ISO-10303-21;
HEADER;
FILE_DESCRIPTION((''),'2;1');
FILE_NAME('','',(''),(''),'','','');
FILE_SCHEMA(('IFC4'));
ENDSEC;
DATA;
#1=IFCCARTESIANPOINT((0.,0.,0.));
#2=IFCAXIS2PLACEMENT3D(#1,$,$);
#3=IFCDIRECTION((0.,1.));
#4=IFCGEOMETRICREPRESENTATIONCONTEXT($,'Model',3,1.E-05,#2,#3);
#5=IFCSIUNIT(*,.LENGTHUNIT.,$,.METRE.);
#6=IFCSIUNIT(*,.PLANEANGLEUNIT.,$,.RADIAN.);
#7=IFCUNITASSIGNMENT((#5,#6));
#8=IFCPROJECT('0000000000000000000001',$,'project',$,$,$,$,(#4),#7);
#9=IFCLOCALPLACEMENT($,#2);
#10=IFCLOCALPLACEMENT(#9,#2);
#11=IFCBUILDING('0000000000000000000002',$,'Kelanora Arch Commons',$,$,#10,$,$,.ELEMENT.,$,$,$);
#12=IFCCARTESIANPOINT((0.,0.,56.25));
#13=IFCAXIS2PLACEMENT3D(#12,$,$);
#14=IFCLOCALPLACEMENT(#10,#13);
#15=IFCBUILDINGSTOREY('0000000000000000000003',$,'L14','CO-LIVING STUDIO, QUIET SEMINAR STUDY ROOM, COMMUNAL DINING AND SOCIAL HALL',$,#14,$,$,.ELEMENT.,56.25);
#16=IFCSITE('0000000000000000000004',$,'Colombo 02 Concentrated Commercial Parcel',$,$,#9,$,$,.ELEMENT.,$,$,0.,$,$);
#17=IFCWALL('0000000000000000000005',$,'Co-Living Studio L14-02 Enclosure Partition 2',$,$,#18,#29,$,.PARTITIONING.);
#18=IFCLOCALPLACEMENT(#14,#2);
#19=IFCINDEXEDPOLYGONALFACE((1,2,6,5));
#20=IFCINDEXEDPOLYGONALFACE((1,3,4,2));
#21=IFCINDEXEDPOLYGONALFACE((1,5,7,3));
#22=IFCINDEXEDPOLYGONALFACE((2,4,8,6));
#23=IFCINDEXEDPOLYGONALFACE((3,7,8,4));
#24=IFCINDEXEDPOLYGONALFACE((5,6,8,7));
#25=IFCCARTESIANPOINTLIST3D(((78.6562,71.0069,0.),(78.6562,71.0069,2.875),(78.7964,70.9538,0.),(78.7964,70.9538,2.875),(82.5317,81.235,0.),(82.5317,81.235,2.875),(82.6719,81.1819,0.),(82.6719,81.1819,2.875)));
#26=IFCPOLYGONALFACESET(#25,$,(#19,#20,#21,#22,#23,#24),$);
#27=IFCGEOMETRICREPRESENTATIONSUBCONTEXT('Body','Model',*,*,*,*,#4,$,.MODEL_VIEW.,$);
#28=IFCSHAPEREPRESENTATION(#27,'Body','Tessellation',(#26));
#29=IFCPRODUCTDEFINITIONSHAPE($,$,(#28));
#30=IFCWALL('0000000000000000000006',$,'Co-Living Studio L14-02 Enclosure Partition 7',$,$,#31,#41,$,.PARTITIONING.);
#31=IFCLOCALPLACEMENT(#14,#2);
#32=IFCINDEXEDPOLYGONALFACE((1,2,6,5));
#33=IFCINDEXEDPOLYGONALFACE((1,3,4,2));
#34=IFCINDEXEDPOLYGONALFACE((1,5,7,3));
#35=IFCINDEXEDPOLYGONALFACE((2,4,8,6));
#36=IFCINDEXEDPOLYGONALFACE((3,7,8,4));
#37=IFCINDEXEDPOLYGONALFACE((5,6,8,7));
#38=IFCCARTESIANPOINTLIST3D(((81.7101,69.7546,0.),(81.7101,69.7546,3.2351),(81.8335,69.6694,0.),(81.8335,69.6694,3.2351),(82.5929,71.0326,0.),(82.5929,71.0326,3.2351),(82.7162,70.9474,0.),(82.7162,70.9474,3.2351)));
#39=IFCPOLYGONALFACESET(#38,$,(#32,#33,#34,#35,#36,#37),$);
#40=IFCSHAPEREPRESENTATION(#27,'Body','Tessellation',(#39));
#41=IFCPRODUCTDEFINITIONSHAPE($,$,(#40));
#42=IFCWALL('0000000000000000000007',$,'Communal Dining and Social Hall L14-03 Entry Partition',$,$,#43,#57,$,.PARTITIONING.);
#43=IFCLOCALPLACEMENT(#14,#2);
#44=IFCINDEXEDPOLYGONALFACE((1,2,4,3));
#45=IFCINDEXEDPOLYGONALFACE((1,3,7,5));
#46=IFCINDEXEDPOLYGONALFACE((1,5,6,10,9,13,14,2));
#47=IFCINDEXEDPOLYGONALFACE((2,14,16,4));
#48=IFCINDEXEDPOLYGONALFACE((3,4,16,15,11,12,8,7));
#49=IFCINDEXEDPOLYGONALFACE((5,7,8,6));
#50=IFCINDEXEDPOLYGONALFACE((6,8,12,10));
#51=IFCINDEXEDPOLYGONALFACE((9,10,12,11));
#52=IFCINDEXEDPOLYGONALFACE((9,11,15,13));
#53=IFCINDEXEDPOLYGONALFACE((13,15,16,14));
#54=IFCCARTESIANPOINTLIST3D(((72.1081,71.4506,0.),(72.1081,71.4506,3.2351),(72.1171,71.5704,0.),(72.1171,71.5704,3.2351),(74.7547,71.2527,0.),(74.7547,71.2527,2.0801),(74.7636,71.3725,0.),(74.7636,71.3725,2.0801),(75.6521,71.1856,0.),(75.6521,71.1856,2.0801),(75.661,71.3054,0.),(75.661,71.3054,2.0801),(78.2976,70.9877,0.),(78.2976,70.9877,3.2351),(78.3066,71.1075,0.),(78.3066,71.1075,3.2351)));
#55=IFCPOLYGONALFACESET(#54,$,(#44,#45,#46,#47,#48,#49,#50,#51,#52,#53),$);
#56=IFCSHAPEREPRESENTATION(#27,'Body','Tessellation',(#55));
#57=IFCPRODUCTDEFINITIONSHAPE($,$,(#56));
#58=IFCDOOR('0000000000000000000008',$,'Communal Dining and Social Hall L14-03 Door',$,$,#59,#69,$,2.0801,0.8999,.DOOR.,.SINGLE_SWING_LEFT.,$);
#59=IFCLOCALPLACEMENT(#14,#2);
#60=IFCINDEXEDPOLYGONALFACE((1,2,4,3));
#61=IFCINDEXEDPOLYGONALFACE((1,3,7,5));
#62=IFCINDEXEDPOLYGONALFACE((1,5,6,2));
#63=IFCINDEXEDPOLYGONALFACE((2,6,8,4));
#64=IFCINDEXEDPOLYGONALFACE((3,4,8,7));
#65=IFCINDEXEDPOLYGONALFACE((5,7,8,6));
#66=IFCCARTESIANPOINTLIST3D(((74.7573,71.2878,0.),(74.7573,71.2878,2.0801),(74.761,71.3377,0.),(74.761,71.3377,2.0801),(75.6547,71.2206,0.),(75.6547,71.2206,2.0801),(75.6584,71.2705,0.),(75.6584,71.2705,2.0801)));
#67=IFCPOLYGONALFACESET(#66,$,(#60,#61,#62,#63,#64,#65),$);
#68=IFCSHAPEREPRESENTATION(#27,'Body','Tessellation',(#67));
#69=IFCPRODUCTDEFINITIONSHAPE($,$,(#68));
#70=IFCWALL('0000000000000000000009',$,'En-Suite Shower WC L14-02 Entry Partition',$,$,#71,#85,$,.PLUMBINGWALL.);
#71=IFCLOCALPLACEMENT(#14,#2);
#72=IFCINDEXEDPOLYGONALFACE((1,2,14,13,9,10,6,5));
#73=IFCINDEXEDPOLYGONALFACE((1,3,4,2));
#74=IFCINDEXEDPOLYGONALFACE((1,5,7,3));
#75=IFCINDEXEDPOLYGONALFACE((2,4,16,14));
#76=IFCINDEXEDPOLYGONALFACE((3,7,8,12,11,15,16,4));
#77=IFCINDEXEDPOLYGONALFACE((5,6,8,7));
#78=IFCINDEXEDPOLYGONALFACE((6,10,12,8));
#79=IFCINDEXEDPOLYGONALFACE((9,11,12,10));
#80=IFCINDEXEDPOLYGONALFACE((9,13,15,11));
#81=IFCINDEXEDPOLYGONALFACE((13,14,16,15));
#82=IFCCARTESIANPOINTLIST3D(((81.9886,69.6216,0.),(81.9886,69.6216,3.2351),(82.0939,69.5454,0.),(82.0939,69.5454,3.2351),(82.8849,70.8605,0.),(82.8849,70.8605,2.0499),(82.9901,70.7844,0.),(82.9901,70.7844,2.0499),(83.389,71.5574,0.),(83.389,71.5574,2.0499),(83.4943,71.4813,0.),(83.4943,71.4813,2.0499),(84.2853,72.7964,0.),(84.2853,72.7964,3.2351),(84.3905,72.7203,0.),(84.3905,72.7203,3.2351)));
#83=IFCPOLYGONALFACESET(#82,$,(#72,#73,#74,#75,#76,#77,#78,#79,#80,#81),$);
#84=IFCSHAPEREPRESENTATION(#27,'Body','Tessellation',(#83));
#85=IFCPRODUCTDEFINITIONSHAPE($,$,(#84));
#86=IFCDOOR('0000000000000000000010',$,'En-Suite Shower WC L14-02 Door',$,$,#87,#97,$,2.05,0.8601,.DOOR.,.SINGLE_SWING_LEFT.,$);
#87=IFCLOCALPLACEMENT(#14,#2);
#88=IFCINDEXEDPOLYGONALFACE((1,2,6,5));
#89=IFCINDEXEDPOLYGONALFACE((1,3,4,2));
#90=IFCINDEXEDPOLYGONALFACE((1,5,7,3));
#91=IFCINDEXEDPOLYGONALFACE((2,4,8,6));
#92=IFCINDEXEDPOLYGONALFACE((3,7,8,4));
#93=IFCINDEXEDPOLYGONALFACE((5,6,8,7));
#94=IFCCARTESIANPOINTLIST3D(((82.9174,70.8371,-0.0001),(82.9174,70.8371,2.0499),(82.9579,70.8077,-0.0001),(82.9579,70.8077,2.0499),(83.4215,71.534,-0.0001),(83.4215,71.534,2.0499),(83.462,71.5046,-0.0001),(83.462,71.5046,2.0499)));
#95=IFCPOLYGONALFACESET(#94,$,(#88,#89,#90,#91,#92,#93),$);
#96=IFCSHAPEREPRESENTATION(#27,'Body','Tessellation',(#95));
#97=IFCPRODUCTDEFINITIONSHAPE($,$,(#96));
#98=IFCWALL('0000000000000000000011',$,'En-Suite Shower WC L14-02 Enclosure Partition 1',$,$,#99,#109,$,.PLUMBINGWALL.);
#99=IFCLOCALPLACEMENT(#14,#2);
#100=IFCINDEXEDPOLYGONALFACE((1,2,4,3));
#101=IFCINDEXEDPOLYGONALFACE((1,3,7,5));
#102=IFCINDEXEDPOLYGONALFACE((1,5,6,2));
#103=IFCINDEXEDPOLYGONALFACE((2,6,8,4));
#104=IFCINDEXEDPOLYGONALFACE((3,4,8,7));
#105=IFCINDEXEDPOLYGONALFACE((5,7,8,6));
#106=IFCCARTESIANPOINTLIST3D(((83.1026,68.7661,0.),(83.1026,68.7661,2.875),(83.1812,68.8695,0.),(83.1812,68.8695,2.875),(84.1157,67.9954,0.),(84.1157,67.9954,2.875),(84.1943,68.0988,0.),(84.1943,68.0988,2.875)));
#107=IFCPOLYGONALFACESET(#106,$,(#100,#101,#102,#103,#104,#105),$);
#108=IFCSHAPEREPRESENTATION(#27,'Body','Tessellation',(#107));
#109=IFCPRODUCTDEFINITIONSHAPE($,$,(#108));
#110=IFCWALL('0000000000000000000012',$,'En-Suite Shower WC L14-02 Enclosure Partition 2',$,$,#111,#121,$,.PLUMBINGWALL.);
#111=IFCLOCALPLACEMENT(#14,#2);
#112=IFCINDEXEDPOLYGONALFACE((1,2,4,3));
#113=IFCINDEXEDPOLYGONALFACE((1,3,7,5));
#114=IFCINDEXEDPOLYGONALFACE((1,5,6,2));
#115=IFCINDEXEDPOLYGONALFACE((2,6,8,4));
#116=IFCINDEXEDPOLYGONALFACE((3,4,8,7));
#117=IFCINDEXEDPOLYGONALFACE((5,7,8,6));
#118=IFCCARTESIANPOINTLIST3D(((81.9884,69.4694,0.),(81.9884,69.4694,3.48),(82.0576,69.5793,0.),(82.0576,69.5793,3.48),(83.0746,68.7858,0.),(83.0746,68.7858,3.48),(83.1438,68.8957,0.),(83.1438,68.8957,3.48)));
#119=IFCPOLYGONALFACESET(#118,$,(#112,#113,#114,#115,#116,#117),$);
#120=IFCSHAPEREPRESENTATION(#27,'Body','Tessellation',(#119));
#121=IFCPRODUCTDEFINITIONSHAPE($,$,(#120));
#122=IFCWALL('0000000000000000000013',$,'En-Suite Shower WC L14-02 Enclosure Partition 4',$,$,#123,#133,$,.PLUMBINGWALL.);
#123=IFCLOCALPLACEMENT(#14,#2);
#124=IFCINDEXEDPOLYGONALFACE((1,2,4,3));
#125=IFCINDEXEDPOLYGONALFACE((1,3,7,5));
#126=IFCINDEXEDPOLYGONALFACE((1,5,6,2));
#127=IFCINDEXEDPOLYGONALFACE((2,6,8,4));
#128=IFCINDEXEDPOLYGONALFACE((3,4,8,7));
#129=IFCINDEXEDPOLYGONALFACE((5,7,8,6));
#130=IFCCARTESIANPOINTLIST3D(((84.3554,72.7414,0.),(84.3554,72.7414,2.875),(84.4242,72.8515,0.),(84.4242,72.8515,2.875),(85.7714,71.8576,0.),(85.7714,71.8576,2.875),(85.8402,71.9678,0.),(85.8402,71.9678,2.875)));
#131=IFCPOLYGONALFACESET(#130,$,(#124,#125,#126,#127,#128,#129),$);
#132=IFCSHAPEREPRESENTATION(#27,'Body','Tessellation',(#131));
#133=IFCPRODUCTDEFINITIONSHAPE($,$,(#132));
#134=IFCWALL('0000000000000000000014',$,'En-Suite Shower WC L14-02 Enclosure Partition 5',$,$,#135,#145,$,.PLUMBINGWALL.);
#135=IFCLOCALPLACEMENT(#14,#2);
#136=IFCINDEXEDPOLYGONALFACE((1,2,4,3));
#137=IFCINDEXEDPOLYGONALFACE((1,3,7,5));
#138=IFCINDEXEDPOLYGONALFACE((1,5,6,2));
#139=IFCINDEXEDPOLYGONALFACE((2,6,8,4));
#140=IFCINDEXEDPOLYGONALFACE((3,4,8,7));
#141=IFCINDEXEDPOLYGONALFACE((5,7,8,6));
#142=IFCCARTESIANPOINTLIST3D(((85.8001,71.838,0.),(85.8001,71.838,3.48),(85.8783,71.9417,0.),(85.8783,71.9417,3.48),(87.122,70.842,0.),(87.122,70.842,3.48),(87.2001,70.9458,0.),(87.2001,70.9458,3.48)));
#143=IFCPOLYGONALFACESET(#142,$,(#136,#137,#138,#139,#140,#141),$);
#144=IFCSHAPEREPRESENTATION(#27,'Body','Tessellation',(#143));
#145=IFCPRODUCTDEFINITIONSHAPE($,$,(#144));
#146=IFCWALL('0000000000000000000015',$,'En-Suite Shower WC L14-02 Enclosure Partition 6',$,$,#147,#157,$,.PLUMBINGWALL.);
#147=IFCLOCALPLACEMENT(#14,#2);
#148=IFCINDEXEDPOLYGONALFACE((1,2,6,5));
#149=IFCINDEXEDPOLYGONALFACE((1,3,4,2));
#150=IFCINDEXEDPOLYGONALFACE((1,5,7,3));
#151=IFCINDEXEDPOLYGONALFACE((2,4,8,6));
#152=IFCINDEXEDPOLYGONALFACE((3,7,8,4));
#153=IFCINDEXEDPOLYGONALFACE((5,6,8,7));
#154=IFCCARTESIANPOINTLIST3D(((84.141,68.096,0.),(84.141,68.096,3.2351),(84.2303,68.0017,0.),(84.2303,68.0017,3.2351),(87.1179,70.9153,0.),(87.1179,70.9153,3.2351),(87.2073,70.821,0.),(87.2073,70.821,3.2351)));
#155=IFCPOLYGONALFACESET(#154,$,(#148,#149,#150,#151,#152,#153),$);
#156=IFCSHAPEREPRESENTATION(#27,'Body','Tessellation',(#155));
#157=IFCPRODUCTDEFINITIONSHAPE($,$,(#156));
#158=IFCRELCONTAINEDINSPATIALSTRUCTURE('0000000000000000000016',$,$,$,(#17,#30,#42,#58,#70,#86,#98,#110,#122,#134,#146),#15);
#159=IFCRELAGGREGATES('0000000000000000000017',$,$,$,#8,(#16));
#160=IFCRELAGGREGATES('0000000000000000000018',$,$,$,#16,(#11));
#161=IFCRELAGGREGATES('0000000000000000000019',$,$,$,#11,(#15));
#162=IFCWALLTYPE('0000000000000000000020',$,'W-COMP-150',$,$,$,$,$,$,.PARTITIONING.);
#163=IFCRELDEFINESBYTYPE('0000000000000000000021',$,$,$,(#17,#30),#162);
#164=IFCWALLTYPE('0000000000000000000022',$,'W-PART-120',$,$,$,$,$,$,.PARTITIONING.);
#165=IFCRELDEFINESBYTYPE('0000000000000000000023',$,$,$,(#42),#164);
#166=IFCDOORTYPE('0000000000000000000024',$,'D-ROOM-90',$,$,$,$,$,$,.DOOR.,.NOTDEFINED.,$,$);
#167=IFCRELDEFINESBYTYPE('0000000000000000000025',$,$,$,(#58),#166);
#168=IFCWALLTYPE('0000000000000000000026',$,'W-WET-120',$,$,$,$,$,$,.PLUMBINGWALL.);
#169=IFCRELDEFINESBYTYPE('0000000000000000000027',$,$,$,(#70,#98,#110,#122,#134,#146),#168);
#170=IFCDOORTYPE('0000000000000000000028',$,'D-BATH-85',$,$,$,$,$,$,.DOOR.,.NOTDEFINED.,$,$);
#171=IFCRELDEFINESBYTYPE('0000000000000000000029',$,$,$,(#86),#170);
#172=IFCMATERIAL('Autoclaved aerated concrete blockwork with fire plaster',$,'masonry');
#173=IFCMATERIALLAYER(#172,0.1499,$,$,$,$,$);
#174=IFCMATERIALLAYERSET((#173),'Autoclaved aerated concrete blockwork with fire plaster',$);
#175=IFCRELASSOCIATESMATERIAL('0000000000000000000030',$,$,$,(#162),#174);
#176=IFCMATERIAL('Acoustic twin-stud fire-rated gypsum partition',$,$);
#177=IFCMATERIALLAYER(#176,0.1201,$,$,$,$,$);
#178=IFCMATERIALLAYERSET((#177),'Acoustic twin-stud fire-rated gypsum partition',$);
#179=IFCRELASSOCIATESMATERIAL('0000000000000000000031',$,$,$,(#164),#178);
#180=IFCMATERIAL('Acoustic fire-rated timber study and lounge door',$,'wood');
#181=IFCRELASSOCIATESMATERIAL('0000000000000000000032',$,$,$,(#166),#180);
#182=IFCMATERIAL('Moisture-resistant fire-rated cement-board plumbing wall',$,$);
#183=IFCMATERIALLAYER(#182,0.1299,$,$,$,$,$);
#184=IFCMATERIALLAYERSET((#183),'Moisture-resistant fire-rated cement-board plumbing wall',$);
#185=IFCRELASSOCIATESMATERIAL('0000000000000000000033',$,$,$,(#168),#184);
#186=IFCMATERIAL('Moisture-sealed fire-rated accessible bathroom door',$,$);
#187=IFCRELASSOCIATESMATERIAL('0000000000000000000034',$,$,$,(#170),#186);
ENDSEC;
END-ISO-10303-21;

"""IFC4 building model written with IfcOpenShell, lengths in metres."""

from ifc_helpers import new_model, si_unit, direction, frame, frame_2d, origin, place, context, subcontext, project, spatial, rectangle, extrude, material, layer, layer_set, type_object, element, fill, save


model = new_model("IFC4")

# Units and contexts
model_context = context("Model", 3, precision=1e-05, world=origin(), true_north=direction((0.0, 1.0)))
body_context = subcontext(model_context, "Body", "Model", "MODEL_VIEW")
ifc_project = project(units=[si_unit("LENGTHUNIT", "METRE"), si_unit("PLANEANGLEUNIT", "RADIAN")], contexts=[model_context])

# Site, building, storey
site_placement = place(None, origin())
site = spatial("IfcSite", under=ifc_project, at=site_placement, Name="Colombo 02 Concentrated Commercial Parcel", CompositionType="ELEMENT", RefElevation=0.0)
building_placement = place(site_placement, origin())
building = spatial("IfcBuilding", under=site, at=building_placement, Name="Kelanora Arch Commons", CompositionType="ELEMENT")
storey_placement = place(building_placement, frame((0.0, 0.0, 56.25)))
storey = spatial("IfcBuildingStorey", under=building, at=storey_placement, Name="L14", Description="CO-LIVING STUDIO, QUIET SEMINAR STUDY ROOM, COMMUNAL DINING AND SOCIAL HALL", CompositionType="ELEMENT", Elevation=56.25)

# Shared definitions
ifc_material_1 = material(Name="Autoclaved aerated concrete blockwork with fire plaster", Category="masonry")
ifc_layer_1 = layer(ifc_material_1, 0.1499)
ifc_layer_set_1 = layer_set([ifc_layer_1], Name="Autoclaved aerated concrete blockwork with fire plaster")
wall_type_1 = type_object("IfcWallType", Name="W-COMP-150", PredefinedType="PARTITIONING", material=ifc_layer_set_1)

# Walls
wall_1_placement = place(storey_placement, frame((78.7263, 70.9805, 0.0), z_axis=(0.0, 0.0, 1.0), x_axis=(0.354326, 0.935122, 0.0)))
element("IfcWall", 1, at=wall_1_placement, inside=storey, type_object=wall_type_1, Name="Co-Living Studio L14-02 Enclosure Partition 2", PredefinedType="PARTITIONING", context=body_context, shape_type="SweptSolid", body=[
    extrude(rectangle(XDim=10.9377, YDim=0.1499, at=frame_2d((5.4688, 0.0))), origin(), (0.0, 0.0, 1.0), 2.875),
])
wall_2_placement = place(storey_placement, frame((82.6545, 70.99, 0.0), z_axis=(0.0, 0.0, 1.0), x_axis=(-0.568335, -0.822797, 0.0)))
element("IfcWall", 2, at=wall_2_placement, inside=storey, type_object=wall_type_1, Name="Co-Living Studio L14-02 Enclosure Partition 7", PredefinedType="PARTITIONING", context=body_context, shape_type="SweptSolid", body=[
    extrude(rectangle(XDim=1.5532, YDim=0.1499, at=frame_2d((0.7766, 0.0))), origin(), (0.0, 0.0, 1.0), 3.2351),
])

# Walls, openings, doors
ifc_material_2 = material(Name="Acoustic twin-stud fire-rated gypsum partition")
ifc_layer_2 = layer(ifc_material_2, 0.1201)
ifc_layer_set_2 = layer_set([ifc_layer_2], Name="Acoustic twin-stud fire-rated gypsum partition")
wall_type_2 = type_object("IfcWallType", Name="W-PART-120", PredefinedType="PARTITIONING", material=ifc_layer_set_2)
wall_3_placement = place(storey_placement, frame((78.3022, 71.0476, 0.0), z_axis=(0.0, 0.0, 1.0), x_axis=(-0.997215, 0.074579, 0.0)))
wall_3 = element("IfcWall", 3, at=wall_3_placement, inside=storey, type_object=wall_type_2, Name="Communal Dining and Social Hall L14-03 Entry Partition", PredefinedType="PARTITIONING", context=body_context, shape_type="SweptSolid", body=[
    extrude(rectangle(XDim=6.2068, YDim=0.1201, at=frame_2d((3.1035, 0.0))), origin(), (0.0, 0.0, 1.0), 3.2351),
])
opening_1_placement = place(wall_3_placement, frame((2.6531, 0.0, 0.0)))
opening_1 = element("IfcOpeningElement", 4, at=opening_1_placement, cuts=wall_3, PredefinedType="OPENING", context=body_context, shape_type="SweptSolid", body=[
    extrude(rectangle(XDim=0.8999, YDim=2.0801, at=frame_2d((0.45, 1.04))), frame((0.0, 0.0701, 0.0), z_axis=(0.0, -1.0, 0.0), x_axis=(1.0, 0.0, 0.0)), (0.0, 0.0, 1.0), 0.1401),
])
ifc_material_3 = material(Name="Acoustic fire-rated timber study and lounge door", Category="wood")
door_type_1 = type_object("IfcDoorType", Name="D-ROOM-90", OperationType="NOTDEFINED", PredefinedType="DOOR", material=ifc_material_3)
door_1_placement = place(opening_1_placement, origin())
door_1 = element("IfcDoor", 5, at=door_1_placement, inside=storey, type_object=door_type_1, Name="Communal Dining and Social Hall L14-03 Door", OperationType="SINGLE_SWING_LEFT", OverallHeight=2.0801, OverallWidth=0.8999, PredefinedType="DOOR", context=body_context, shape_type="SweptSolid", body=[
    extrude(rectangle(XDim=0.8999, YDim=2.0801, at=frame_2d((0.45, 1.04))), frame((0.0, 0.0249, 0.0), z_axis=(0.0, -1.0, 0.0), x_axis=(1.0, 0.0, 0.0)), (0.0, 0.0, 1.0), 0.05),
])
fill(opening_1, door_1)
ifc_material_4 = material(Name="Moisture-resistant fire-rated cement-board plumbing wall")
ifc_layer_3 = layer(ifc_material_4, 0.1299)
ifc_layer_set_3 = layer_set([ifc_layer_3], Name="Moisture-resistant fire-rated cement-board plumbing wall")
wall_type_3 = type_object("IfcWallType", Name="W-WET-120", PredefinedType="PLUMBINGWALL", material=ifc_layer_set_3)
wall_4_placement = place(storey_placement, frame((82.0413, 69.5835, 0.0), z_axis=(0.0, 0.0, 1.0), x_axis=(0.586114, 0.810229, 0.0)))
wall_4 = element("IfcWall", 6, at=wall_4_placement, inside=storey, type_object=wall_type_3, Name="En-Suite Shower WC L14-02 Entry Partition", PredefinedType="PLUMBINGWALL", context=body_context, shape_type="SweptSolid", body=[
    extrude(rectangle(XDim=3.9185, YDim=0.1299, at=frame_2d((1.9592, 0.0))), origin(), (0.0, 0.0, 1.0), 3.2351),
])
opening_2_placement = place(wall_4_placement, frame((1.5291, 0.0, 0.0)))
opening_2 = element("IfcOpeningElement", 7, at=opening_2_placement, cuts=wall_4, PredefinedType="OPENING", context=body_context, shape_type="SweptSolid", body=[
    extrude(rectangle(XDim=0.8601, YDim=2.05, at=frame_2d((0.4302, 1.0249))), frame((0.0, 0.075, 0.0), z_axis=(0.0, -1.0, 0.0), x_axis=(1.0, 0.0, 0.0)), (0.0, 0.0, 1.0), 0.1499),
])
ifc_material_5 = material(Name="Moisture-sealed fire-rated accessible bathroom door")
door_type_2 = type_object("IfcDoorType", Name="D-BATH-85", OperationType="NOTDEFINED", PredefinedType="DOOR", material=ifc_material_5)
door_2_placement = place(opening_2_placement, origin())
door_2 = element("IfcDoor", 8, at=door_2_placement, inside=storey, type_object=door_type_2, Name="En-Suite Shower WC L14-02 Door", OperationType="SINGLE_SWING_LEFT", OverallHeight=2.05, OverallWidth=0.8601, PredefinedType="DOOR", context=body_context, shape_type="SweptSolid", body=[
    extrude(rectangle(XDim=0.8601, YDim=2.05, at=frame_2d((0.4302, 1.0249))), frame((0.0, 0.0249, 0.0), z_axis=(0.0, -1.0, 0.0), x_axis=(1.0, 0.0, 0.0)), (0.0, 0.0, 1.0), 0.05),
])
fill(opening_2, door_2)

# Walls
wall_5_placement = place(storey_placement, frame((84.155, 68.0471, 0.0), z_axis=(0.0, 0.0, 1.0), x_axis=(-0.795885, 0.605448, 0.0)))
element("IfcWall", 9, at=wall_5_placement, inside=storey, type_object=wall_type_3, Name="En-Suite Shower WC L14-02 Enclosure Partition 1", PredefinedType="PLUMBINGWALL", context=body_context, shape_type="SweptSolid", body=[
    extrude(rectangle(XDim=1.2729, YDim=0.1299, at=frame_2d((0.6365, 0.0))), origin(), (0.0, 0.0, 1.0), 2.875),
])
wall_6_placement = place(storey_placement, frame((83.1091, 68.8408, 0.0), z_axis=(0.0, 0.0, 1.0), x_axis=(-0.846338, 0.532647, 0.0)))
element("IfcWall", 10, at=wall_6_placement, inside=storey, type_object=wall_type_3, Name="En-Suite Shower WC L14-02 Enclosure Partition 2", PredefinedType="PLUMBINGWALL", context=body_context, shape_type="SweptSolid", body=[
    extrude(rectangle(XDim=1.2834, YDim=0.1299, at=frame_2d((0.6416, 0.0))), origin(), (0.0, 0.0, 1.0), 3.48),
])
wall_7_placement = place(storey_placement, frame((84.3899, 72.7964, 0.0), z_axis=(0.0, 0.0, 1.0), x_axis=(0.848327, -0.529473, 0.0)))
element("IfcWall", 11, at=wall_7_placement, inside=storey, type_object=wall_type_3, Name="En-Suite Shower WC L14-02 Enclosure Partition 4", PredefinedType="PLUMBINGWALL", context=body_context, shape_type="SweptSolid", body=[
    extrude(rectangle(XDim=1.6692, YDim=0.1299, at=frame_2d((0.8345, 0.0))), origin(), (0.0, 0.0, 1.0), 2.875),
])
wall_8_placement = place(storey_placement, frame((85.8391, 71.8899, 0.0), z_axis=(0.0, 0.0, 1.0), x_axis=(0.798688, -0.601745, 0.0)))
element("IfcWall", 12, at=wall_8_placement, inside=storey, type_object=wall_type_3, Name="En-Suite Shower WC L14-02 Enclosure Partition 5", PredefinedType="PLUMBINGWALL", context=body_context, shape_type="SweptSolid", body=[
    extrude(rectangle(XDim=1.655, YDim=0.1299, at=frame_2d((0.8276, 0.0))), origin(), (0.0, 0.0, 1.0), 3.48),
])
wall_9_placement = place(storey_placement, frame((87.1626, 70.8682, 0.0), z_axis=(0.0, 0.0, 1.0), x_axis=(-0.726078, -0.687613, 0.0)))
element("IfcWall", 13, at=wall_9_placement, inside=storey, type_object=wall_type_3, Name="En-Suite Shower WC L14-02 Enclosure Partition 6", PredefinedType="PLUMBINGWALL", context=body_context, shape_type="SweptSolid", body=[
    extrude(rectangle(XDim=4.1001, YDim=0.1299, at=frame_2d((2.05, 0.0))), origin(), (0.0, 0.0, 1.0), 3.2351),
])

save(model, "model.ifc")
